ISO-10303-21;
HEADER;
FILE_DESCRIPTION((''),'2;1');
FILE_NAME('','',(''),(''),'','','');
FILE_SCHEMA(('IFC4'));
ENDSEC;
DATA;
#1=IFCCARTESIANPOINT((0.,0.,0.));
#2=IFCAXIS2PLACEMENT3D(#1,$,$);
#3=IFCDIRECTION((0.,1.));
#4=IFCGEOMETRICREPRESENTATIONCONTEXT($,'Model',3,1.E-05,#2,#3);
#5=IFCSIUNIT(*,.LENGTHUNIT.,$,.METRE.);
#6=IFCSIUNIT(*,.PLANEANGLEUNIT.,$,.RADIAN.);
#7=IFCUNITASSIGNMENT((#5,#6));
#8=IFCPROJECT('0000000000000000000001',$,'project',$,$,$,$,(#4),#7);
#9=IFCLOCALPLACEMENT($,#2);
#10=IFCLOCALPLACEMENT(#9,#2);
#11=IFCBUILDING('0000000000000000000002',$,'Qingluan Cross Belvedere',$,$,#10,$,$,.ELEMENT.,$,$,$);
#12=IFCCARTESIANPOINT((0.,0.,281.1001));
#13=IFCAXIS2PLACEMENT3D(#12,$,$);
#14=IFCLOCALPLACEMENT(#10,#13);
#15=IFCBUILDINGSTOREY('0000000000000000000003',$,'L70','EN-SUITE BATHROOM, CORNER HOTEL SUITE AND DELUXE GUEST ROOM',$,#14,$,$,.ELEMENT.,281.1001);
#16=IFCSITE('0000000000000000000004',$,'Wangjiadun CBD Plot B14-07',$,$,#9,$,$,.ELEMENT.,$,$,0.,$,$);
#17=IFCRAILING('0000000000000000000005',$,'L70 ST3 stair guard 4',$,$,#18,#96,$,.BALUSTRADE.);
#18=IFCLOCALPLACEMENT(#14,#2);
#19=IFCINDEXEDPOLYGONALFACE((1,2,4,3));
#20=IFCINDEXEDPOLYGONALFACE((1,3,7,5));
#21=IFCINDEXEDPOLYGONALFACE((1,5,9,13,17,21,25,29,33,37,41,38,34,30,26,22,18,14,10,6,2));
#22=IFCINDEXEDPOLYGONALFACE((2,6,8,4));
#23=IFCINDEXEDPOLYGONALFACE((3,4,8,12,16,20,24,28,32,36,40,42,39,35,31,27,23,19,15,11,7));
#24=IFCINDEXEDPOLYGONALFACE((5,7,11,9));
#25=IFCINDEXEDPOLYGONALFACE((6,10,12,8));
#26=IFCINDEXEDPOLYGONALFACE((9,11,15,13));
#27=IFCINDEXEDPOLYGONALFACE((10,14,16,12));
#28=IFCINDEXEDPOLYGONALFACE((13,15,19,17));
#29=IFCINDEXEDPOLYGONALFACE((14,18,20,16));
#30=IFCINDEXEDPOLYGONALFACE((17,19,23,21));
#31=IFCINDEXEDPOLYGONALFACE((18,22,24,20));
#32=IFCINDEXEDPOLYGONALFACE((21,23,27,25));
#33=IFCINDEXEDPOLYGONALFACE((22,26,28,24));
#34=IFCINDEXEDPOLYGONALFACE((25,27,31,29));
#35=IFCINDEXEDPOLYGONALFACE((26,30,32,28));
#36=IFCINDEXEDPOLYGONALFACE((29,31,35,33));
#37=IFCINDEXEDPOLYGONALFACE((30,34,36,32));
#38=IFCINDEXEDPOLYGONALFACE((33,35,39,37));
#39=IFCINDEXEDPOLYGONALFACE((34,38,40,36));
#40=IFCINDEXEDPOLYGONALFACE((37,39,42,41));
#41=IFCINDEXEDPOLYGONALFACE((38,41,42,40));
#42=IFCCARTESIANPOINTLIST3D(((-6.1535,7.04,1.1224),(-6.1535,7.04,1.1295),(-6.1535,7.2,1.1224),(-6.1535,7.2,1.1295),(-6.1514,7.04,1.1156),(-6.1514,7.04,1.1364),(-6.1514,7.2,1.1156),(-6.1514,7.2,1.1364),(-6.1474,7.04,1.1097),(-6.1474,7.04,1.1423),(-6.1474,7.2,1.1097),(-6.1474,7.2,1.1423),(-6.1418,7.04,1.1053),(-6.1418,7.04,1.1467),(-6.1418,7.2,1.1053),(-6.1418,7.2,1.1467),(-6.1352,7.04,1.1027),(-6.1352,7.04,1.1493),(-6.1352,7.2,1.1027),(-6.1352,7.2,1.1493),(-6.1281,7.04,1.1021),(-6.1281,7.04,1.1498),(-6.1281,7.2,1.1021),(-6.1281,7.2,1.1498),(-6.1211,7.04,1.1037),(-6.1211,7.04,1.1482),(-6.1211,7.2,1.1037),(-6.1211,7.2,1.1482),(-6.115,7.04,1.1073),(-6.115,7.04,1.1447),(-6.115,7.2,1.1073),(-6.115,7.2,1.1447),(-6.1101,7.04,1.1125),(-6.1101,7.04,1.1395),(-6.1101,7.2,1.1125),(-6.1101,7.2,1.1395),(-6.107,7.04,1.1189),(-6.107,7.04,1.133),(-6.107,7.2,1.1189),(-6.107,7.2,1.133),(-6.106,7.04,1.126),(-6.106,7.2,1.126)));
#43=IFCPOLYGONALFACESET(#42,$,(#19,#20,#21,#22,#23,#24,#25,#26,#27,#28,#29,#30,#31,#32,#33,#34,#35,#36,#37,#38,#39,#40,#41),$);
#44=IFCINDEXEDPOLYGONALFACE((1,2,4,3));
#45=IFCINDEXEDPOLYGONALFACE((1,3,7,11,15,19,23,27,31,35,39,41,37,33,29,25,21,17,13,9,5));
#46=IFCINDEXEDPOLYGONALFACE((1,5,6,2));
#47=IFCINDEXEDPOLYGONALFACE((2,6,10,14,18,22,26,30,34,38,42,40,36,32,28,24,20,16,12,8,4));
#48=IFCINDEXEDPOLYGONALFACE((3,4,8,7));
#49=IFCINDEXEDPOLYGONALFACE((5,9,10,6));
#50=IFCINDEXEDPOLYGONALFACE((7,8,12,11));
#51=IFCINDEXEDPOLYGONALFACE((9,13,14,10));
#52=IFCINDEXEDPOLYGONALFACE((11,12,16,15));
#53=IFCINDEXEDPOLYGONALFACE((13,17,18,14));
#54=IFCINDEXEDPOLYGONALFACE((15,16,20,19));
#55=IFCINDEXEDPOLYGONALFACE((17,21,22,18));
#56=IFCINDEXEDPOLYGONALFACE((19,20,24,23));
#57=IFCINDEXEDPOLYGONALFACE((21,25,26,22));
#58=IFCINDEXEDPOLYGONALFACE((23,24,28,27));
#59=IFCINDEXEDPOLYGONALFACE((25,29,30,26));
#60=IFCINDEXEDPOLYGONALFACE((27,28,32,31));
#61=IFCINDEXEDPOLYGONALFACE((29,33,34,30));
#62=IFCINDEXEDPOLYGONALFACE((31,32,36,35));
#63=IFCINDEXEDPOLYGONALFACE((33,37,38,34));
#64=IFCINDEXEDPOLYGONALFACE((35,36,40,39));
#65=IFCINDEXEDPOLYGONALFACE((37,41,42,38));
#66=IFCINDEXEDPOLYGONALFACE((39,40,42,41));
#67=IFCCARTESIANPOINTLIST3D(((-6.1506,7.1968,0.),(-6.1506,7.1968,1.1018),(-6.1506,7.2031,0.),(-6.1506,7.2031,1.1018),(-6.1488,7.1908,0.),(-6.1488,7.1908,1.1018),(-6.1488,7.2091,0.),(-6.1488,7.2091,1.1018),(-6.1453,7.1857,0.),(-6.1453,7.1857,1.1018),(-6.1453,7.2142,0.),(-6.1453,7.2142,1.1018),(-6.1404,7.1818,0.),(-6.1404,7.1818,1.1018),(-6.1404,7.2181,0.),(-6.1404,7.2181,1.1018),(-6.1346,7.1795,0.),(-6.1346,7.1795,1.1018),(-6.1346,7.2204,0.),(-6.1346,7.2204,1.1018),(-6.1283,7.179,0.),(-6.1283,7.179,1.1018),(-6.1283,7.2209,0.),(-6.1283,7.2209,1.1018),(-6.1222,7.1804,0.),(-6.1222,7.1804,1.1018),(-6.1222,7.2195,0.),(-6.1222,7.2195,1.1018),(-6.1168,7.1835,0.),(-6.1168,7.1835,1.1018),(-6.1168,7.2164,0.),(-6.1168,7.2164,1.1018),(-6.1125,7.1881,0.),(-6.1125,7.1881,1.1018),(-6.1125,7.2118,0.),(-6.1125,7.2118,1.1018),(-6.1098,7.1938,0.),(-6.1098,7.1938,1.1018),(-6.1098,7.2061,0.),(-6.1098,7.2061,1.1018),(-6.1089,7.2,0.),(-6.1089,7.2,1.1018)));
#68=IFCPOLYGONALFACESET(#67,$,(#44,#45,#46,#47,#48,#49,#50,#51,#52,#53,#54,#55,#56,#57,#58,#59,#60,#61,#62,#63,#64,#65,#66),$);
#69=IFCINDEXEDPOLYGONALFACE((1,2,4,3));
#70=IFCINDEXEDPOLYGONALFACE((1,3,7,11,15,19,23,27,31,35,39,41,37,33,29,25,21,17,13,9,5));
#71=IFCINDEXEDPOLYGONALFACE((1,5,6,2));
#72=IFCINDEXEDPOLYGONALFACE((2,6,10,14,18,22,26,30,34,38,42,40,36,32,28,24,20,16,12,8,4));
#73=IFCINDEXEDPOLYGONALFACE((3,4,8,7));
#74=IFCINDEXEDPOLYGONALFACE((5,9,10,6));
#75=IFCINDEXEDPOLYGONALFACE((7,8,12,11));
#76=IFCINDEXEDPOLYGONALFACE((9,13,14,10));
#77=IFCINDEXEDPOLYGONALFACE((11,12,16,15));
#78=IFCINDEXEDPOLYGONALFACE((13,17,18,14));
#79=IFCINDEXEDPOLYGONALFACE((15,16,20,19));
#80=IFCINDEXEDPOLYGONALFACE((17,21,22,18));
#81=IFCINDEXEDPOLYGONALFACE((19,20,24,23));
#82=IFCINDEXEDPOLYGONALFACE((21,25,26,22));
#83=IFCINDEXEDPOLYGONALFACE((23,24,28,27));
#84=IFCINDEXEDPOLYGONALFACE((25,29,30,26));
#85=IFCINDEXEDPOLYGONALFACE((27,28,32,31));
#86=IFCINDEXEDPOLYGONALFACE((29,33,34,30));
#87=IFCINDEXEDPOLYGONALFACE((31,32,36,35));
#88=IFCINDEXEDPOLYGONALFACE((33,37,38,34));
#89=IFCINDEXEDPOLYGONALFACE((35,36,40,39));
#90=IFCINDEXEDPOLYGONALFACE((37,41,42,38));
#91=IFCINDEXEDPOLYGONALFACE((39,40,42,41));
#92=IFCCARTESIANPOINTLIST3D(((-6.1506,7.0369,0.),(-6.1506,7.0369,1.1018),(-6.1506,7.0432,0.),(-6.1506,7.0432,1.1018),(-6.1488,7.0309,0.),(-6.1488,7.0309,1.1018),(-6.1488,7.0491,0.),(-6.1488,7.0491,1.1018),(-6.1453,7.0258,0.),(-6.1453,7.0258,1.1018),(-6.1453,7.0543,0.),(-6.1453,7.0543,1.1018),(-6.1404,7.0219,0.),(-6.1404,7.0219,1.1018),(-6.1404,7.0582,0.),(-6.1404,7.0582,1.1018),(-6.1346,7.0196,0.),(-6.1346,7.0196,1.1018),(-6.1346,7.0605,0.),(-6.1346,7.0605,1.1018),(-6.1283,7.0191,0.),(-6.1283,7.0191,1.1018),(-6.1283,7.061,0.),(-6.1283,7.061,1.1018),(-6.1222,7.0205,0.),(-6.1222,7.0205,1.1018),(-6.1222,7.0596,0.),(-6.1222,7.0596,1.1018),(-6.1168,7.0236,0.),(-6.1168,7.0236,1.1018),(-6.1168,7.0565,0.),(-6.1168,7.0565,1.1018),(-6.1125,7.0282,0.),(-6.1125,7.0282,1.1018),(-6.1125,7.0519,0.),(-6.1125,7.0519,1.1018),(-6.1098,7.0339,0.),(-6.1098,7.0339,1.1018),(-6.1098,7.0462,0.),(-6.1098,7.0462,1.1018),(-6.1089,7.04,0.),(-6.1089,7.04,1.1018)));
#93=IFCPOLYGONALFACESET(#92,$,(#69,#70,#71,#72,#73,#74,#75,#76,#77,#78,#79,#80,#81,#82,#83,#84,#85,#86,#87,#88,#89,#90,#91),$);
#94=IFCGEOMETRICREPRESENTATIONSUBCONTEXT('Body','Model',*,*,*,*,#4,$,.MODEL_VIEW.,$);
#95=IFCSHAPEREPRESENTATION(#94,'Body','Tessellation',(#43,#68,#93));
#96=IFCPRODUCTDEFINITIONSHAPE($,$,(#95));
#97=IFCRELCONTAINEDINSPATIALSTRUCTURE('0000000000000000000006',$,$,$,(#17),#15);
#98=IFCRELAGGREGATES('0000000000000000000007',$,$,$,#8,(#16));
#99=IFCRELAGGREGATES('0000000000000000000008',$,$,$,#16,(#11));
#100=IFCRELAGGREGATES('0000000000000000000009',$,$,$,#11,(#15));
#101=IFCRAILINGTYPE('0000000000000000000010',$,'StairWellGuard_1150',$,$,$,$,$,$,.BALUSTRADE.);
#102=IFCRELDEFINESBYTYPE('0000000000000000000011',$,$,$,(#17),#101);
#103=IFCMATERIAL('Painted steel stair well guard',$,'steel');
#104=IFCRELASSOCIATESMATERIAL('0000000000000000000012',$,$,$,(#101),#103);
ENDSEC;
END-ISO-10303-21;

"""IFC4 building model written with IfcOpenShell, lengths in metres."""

from ifc_helpers import new_model, si_unit, direction, frame, origin, origin_2d, place, context, subcontext, project, spatial, circle, extrude, material, type_object, element, save


model = new_model("IFC4")

# Units and contexts
model_context = context("Model", 3, precision=1e-05, world=origin(), true_north=direction((0.0, 1.0)))
body_context = subcontext(model_context, "Body", "Model", "MODEL_VIEW")
ifc_project = project(units=[si_unit("LENGTHUNIT", "METRE"), si_unit("PLANEANGLEUNIT", "RADIAN")], contexts=[model_context])

# Site, building, storey
site_placement = place(None, origin())
site = spatial("IfcSite", under=ifc_project, at=site_placement, Name="Wangjiadun CBD Plot B14-07", CompositionType="ELEMENT", RefElevation=0.0)
building_placement = place(site_placement, origin())
building = spatial("IfcBuilding", under=site, at=building_placement, Name="Qingluan Cross Belvedere", CompositionType="ELEMENT")
storey_placement = place(building_placement, frame((0.0, 0.0, 281.1001)))
storey = spatial("IfcBuildingStorey", under=building, at=storey_placement, Name="L70", Description="EN-SUITE BATHROOM, CORNER HOTEL SUITE AND DELUXE GUEST ROOM", CompositionType="ELEMENT", Elevation=281.1001)

# Railing
ifc_material_1 = material(Name="Painted steel stair well guard", Category="steel")
railing_type_1 = type_object("IfcRailingType", Name="StairWellGuard_1150", PredefinedType="BALUSTRADE", material=ifc_material_1)
railing_1_placement = place(storey_placement, frame((-6.1299, 7.2, 0.0)))
element("IfcRailing", 1, at=railing_1_placement, inside=storey, type_object=railing_type_1, Name="L70 ST3 stair guard 4", PredefinedType="BALUSTRADE", context=body_context, shape_type="SweptSolid", body=[
    extrude(circle(Radius=0.0239, at=origin_2d()), frame((0.0, 0.0, 1.126), z_axis=(0.0, -1.0, 0.0), x_axis=(1.0, 0.0, 0.0)), (0.0, 0.0, 1.0), 0.1599),
    extrude(circle(Radius=0.021, at=origin_2d()), origin(), (0.0, 0.0, 1.0), 1.1018),
    extrude(circle(Radius=0.021, at=origin_2d()), frame((0.0, -0.1599, 0.0)), (0.0, 0.0, 1.0), 1.1018),
])

save(model, "model.ifc")
